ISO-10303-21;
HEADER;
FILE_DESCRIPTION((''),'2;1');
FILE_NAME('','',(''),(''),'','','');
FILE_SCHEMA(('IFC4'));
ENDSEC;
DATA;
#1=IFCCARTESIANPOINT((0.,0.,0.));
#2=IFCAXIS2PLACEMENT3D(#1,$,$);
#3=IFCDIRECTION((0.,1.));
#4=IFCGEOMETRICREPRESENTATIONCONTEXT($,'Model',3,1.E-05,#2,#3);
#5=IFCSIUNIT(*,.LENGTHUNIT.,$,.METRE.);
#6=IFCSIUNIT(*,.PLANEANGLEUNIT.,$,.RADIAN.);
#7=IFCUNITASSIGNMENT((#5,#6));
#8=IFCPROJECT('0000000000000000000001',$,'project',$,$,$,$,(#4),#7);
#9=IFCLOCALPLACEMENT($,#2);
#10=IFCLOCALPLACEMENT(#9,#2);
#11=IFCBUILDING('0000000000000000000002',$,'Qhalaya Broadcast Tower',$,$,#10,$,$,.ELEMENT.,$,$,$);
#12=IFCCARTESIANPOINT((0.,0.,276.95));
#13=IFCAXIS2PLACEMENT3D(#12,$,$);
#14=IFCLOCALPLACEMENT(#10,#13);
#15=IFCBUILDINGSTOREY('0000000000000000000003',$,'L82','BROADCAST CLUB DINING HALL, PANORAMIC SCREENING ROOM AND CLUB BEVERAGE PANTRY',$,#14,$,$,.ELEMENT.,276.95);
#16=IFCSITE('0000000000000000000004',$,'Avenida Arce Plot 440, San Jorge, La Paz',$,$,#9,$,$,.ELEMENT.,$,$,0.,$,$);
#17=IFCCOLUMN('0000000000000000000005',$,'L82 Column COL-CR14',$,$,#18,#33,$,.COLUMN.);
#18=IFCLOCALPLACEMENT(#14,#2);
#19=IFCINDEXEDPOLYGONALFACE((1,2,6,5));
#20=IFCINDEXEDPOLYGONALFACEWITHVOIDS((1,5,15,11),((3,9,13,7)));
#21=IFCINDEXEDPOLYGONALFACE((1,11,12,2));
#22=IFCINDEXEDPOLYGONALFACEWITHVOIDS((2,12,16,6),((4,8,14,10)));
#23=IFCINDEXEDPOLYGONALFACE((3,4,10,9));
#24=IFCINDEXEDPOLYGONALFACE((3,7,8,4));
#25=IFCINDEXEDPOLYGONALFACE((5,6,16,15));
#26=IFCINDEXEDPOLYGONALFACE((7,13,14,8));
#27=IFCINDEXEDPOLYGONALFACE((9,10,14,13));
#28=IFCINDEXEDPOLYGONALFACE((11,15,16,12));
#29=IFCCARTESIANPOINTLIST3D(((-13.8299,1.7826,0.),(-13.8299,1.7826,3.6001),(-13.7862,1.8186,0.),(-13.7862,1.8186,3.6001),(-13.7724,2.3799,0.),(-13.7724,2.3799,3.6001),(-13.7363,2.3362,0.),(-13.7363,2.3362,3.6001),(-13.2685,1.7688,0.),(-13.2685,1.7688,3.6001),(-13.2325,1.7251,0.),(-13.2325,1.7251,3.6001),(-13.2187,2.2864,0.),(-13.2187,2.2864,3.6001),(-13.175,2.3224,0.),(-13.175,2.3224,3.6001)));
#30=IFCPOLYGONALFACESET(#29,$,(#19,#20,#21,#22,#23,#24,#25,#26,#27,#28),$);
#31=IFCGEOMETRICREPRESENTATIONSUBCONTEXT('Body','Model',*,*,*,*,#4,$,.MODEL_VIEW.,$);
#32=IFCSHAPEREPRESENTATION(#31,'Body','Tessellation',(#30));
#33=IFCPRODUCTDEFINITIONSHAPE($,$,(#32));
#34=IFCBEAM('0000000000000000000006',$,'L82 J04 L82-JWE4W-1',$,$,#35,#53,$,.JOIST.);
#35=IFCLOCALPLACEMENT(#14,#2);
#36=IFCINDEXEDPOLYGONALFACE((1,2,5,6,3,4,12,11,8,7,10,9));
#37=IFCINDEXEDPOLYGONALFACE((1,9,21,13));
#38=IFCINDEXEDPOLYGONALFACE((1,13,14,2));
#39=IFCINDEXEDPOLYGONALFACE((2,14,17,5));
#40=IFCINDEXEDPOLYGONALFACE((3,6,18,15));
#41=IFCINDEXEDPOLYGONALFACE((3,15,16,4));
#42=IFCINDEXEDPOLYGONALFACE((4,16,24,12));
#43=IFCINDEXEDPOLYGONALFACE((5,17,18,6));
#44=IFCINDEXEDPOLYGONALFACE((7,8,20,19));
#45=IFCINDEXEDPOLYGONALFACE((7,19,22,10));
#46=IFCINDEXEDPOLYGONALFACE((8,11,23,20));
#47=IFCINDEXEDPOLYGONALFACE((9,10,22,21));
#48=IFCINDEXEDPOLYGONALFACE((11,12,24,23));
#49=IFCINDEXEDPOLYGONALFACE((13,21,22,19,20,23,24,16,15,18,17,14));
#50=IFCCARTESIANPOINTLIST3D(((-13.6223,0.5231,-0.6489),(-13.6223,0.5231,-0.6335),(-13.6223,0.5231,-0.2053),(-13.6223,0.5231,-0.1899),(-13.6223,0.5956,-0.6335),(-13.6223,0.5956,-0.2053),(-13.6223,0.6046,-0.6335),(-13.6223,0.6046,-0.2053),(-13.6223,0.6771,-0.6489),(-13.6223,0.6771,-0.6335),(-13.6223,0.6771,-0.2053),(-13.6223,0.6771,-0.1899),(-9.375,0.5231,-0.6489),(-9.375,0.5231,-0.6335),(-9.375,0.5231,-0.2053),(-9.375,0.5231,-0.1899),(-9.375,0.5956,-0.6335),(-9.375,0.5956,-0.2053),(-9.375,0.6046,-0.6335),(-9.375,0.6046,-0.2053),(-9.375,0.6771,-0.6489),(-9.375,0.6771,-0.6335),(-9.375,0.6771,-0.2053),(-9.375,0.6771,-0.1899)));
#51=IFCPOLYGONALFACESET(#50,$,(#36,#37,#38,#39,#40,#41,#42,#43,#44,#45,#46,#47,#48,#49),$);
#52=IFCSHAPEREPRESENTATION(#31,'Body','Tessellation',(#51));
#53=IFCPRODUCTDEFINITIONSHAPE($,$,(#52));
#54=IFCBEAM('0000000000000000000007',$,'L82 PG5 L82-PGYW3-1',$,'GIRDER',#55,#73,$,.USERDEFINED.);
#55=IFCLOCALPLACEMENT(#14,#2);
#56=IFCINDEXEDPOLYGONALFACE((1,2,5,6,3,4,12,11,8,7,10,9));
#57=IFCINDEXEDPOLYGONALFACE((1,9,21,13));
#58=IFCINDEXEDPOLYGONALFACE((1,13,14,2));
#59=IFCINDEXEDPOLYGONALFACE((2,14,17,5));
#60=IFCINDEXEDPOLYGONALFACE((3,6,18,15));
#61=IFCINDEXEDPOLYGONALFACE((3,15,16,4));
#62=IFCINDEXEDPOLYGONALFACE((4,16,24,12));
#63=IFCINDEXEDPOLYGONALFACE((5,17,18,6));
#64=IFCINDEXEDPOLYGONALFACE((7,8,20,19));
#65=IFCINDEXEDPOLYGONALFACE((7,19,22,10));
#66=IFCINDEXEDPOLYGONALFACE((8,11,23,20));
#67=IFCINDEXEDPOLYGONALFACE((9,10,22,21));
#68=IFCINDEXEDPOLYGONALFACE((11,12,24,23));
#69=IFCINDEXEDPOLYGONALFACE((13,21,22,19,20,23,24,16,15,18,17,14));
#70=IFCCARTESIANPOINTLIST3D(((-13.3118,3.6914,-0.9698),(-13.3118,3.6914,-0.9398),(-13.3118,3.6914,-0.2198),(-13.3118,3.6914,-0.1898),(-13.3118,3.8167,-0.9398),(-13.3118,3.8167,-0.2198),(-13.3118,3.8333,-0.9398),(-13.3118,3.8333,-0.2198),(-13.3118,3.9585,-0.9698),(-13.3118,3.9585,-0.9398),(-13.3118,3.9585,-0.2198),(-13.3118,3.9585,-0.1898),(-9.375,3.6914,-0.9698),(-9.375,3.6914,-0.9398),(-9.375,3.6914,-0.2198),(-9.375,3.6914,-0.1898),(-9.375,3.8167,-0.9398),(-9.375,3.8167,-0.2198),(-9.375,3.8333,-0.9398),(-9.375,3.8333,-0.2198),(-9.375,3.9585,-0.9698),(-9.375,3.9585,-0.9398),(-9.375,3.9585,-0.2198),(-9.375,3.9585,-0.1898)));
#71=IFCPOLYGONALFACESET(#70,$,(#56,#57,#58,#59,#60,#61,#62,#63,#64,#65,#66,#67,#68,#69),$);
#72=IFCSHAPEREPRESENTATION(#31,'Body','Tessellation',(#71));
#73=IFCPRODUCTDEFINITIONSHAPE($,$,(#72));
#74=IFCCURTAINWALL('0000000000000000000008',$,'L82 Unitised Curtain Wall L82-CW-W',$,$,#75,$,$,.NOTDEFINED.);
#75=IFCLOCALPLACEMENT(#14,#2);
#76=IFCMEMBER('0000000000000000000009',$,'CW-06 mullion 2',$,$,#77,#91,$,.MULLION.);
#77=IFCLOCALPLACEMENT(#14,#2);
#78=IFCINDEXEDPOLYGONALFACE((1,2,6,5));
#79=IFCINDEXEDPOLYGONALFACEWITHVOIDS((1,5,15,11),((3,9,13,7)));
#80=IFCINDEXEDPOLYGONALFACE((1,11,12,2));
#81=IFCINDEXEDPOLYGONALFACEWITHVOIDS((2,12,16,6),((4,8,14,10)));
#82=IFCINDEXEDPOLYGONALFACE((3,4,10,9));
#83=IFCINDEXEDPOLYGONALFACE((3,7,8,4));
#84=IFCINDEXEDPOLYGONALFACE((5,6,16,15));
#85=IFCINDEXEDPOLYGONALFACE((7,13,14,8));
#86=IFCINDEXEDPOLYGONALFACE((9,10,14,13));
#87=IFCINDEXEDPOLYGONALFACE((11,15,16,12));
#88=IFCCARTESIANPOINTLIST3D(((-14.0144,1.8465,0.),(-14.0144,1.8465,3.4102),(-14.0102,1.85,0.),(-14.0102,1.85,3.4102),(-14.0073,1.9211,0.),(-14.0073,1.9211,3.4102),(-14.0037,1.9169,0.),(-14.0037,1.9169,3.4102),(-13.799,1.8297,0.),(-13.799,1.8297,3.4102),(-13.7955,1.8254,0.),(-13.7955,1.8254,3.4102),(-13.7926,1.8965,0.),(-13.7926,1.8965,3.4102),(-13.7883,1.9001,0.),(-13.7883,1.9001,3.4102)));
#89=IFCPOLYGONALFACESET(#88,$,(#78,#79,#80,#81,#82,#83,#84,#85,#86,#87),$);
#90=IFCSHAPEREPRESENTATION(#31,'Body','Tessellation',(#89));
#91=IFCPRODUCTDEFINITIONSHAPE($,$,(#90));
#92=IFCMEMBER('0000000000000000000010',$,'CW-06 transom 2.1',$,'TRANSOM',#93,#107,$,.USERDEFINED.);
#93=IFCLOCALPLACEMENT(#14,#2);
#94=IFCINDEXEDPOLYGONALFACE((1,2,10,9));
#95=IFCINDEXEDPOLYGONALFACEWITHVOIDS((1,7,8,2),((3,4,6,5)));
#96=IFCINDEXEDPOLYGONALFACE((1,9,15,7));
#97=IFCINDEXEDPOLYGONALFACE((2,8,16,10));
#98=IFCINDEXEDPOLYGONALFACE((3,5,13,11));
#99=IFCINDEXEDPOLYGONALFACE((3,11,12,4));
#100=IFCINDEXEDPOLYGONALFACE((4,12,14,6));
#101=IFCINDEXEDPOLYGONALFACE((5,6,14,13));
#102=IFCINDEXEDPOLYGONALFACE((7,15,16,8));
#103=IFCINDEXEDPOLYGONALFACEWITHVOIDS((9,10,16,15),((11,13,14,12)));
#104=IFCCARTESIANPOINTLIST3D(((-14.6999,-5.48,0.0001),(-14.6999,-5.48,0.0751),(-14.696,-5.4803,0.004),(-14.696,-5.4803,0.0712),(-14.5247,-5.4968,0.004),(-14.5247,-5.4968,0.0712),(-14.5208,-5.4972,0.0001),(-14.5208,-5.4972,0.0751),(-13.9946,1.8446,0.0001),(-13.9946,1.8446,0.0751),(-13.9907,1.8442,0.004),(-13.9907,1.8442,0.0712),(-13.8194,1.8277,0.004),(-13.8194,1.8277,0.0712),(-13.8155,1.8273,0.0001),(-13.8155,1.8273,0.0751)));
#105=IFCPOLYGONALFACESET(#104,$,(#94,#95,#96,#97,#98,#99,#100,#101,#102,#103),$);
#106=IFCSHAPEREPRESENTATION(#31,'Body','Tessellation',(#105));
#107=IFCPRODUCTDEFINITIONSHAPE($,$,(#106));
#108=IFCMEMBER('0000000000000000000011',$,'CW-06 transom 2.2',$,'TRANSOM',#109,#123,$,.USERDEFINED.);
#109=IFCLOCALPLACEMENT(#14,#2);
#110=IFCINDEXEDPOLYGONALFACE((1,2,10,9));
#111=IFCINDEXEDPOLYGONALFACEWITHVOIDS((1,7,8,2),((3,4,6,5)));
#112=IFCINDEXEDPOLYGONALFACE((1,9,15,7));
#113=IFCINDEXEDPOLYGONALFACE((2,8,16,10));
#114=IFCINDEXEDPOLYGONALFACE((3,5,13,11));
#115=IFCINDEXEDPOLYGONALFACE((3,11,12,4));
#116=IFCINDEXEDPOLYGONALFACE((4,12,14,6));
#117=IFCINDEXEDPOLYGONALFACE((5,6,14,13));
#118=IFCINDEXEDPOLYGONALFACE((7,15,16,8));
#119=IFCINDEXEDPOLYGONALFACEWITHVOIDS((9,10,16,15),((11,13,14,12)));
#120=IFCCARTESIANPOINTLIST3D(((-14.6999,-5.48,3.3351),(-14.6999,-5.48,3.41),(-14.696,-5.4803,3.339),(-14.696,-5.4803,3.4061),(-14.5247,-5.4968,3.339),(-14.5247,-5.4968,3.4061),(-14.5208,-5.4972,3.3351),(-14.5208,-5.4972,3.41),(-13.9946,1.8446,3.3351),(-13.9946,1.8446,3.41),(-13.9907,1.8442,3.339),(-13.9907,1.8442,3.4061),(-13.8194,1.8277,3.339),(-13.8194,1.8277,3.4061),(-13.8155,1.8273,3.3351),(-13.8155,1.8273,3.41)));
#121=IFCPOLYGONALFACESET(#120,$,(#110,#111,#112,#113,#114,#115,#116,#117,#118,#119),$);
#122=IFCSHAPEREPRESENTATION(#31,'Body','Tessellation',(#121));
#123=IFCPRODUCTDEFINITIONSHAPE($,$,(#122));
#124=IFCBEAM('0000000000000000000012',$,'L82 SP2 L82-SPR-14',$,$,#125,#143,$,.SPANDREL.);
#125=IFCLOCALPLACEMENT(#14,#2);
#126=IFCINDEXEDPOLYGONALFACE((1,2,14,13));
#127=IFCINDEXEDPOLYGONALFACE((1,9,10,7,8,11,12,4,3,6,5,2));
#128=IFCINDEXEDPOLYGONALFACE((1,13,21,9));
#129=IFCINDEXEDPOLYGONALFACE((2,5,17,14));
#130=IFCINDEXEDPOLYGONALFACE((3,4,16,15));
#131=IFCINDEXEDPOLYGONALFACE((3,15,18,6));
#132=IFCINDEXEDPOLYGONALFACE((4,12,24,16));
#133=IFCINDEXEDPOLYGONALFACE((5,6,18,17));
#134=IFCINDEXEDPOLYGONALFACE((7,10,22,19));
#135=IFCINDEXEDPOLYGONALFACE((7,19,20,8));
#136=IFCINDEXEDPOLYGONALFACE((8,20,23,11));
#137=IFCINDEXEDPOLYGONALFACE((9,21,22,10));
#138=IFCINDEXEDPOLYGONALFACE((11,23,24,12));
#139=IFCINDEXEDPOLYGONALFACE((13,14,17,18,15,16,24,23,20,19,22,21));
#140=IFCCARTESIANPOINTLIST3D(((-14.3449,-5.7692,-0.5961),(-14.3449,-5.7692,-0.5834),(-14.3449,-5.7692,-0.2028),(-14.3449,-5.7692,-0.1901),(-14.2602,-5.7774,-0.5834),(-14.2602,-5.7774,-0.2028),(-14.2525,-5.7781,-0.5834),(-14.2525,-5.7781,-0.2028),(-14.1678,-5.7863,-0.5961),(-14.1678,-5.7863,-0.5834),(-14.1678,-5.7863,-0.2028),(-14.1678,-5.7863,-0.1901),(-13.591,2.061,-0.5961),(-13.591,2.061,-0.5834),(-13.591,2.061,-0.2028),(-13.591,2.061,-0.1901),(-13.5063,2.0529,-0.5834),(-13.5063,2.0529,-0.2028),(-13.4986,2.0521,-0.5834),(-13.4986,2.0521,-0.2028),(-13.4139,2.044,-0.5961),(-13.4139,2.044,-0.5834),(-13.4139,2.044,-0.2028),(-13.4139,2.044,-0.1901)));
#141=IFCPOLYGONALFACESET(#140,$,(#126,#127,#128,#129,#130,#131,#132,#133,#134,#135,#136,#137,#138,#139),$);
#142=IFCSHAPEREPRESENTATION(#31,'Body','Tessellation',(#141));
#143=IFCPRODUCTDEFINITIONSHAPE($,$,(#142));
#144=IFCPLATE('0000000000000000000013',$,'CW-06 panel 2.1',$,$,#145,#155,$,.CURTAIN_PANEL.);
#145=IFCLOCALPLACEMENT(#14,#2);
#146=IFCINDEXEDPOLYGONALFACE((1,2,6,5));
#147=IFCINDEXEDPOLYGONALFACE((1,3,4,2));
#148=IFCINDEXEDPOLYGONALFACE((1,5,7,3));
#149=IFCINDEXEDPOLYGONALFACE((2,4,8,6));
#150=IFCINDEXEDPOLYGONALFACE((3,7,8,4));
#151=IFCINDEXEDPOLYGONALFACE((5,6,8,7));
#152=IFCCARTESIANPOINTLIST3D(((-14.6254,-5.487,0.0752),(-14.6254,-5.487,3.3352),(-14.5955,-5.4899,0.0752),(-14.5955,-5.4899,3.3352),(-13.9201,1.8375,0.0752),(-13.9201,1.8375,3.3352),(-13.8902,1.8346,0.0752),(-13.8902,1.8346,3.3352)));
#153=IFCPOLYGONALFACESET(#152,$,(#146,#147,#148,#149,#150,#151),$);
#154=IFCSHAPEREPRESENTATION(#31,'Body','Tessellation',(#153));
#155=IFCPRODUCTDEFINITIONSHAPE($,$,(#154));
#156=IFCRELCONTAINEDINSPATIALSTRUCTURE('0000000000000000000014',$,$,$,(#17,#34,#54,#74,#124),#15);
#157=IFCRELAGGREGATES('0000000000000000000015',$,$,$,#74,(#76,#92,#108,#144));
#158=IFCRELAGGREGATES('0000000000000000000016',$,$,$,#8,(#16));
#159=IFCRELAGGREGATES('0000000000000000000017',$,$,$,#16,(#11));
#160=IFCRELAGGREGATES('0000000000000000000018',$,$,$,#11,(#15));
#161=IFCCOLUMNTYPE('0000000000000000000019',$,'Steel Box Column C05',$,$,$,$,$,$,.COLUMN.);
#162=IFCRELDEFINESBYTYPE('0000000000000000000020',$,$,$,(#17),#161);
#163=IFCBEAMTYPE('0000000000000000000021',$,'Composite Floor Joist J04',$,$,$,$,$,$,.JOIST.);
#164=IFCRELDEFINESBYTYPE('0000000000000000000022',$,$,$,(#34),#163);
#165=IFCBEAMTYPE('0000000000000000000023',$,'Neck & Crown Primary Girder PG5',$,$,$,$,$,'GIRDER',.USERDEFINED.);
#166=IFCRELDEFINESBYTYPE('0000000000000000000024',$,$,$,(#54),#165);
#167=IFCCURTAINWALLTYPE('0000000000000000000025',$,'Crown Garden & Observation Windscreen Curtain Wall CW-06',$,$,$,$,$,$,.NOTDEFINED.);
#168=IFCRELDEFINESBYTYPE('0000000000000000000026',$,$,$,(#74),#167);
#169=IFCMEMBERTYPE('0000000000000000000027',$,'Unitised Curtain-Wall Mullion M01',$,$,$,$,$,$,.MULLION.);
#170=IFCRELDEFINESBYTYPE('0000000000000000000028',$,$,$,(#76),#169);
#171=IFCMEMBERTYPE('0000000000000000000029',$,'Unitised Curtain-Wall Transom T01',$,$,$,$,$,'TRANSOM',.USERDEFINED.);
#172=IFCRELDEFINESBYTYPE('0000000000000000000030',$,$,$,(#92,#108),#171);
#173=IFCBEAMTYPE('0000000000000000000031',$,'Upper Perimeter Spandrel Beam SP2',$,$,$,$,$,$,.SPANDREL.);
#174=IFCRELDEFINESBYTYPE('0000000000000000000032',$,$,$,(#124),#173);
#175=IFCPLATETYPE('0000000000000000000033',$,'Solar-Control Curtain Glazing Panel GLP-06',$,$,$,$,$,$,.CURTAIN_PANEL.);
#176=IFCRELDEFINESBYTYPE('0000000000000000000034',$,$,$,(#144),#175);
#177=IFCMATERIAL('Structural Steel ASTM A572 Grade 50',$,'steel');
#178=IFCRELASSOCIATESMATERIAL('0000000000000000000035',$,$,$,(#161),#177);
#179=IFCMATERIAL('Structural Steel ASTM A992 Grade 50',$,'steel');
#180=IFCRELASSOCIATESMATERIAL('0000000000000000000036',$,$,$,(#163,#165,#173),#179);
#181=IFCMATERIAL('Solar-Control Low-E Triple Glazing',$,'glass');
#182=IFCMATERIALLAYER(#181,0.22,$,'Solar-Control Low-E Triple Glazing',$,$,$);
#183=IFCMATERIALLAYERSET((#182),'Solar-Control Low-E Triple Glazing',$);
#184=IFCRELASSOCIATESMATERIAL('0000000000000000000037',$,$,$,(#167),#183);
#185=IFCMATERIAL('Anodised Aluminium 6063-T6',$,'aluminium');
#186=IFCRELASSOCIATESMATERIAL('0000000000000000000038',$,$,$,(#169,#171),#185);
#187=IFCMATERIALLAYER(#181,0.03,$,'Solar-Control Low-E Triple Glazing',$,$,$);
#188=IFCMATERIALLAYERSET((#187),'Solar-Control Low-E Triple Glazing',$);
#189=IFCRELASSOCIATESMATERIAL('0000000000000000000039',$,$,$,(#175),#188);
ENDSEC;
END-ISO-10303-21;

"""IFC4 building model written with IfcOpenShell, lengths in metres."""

from ifc_helpers import new_model, si_unit, direction, frame, origin, origin_2d, place, context, subcontext, project, spatial, rectangle, hollow_rectangle, i_section, extrude, material, layer, layer_set, material_profile, profile_set, type_object, element, aggregate, save


model = new_model("IFC4")

# Units and contexts
model_context = context("Model", 3, precision=1e-05, world=origin(), true_north=direction((0.0, 1.0)))
body_context = subcontext(model_context, "Body", "Model", "MODEL_VIEW")
ifc_project = project(units=[si_unit("LENGTHUNIT", "METRE"), si_unit("PLANEANGLEUNIT", "RADIAN")], contexts=[model_context])

# Site, building, storey
site_placement = place(None, origin())
site = spatial("IfcSite", under=ifc_project, at=site_placement, Name="Avenida Arce Plot 440, San Jorge, La Paz", CompositionType="ELEMENT", RefElevation=0.0)
building_placement = place(site_placement, origin())
building = spatial("IfcBuilding", under=site, at=building_placement, Name="Qhalaya Broadcast Tower", CompositionType="ELEMENT")
storey_placement = place(building_placement, frame((0.0, 0.0, 276.95)))
storey = spatial("IfcBuildingStorey", under=building, at=storey_placement, Name="L82", Description="BROADCAST CLUB DINING HALL, PANORAMIC SCREENING ROOM AND CLUB BEVERAGE PANTRY", CompositionType="ELEMENT", Elevation=276.95)

# Column
ifc_material_1 = material(Name="Structural Steel ASTM A572 Grade 50", Category="steel")
ifc_material_profile_1 = material_profile(ifc_material_1, hollow_rectangle(XDim=0.6001, YDim=0.6001, WallThickness=0.04, at=origin_2d()), Name="BOX 600x600x40")
ifc_profile_set_1 = profile_set([ifc_material_profile_1], Name="Structural Steel ASTM A572 Grade 50")
column_type = type_object("IfcColumnType", Name="Steel Box Column C05", PredefinedType="COLUMN", material=ifc_profile_set_1)
column_placement = place(storey_placement, frame((-13.5024, 2.0525, 0.0), z_axis=(0.0, 0.0, 1.0), x_axis=(0.095846, 0.995396, 0.0)))
element("IfcColumn", 1, at=column_placement, inside=storey, type_object=column_type, Name="L82 Column COL-CR14", PredefinedType="COLUMN", context=body_context, shape_type="SweptSolid", body=[
    extrude(hollow_rectangle(XDim=0.6001, YDim=0.6001, WallThickness=0.04, at=origin_2d()), origin(), (0.0, 0.0, 1.0), 3.6001),
])

# Beams
ifc_material_2 = material(Name="Structural Steel ASTM A992 Grade 50", Category="steel")
ifc_material_profile_2 = material_profile(ifc_material_2, i_section(OverallWidth=0.1541, OverallDepth=0.459, WebThickness=0.009, FlangeThickness=0.0154, at=origin_2d()), Name="W18X46")
ifc_profile_set_2 = profile_set([ifc_material_profile_2], Name="Structural Steel ASTM A992 Grade 50")
beam_type_1 = type_object("IfcBeamType", Name="Composite Floor Joist J04", PredefinedType="JOIST", material=ifc_profile_set_2)
beam_1_placement = place(storey_placement, frame((-13.6223, 0.6001, -0.4194), z_axis=(1.0, 0.0, 0.0), x_axis=(0.0, 1.0, 0.0)))
element("IfcBeam", 2, at=beam_1_placement, inside=storey, type_object=beam_type_1, Name="L82 J04 L82-JWE4W-1", PredefinedType="JOIST", context=body_context, shape_type="SweptSolid", body=[
    extrude(i_section(OverallWidth=0.1541, OverallDepth=0.459, WebThickness=0.009, FlangeThickness=0.0154, at=origin_2d()), origin(), (0.0, 0.0, 1.0), 4.2473),
])
ifc_material_profile_3 = material_profile(ifc_material_2, i_section(OverallWidth=0.2671, OverallDepth=0.78, WebThickness=0.0166, FlangeThickness=0.03, at=origin_2d()), Name="W30X148")
ifc_profile_set_3 = profile_set([ifc_material_profile_3], Name="Structural Steel ASTM A992 Grade 50")
beam_type_2 = type_object("IfcBeamType", Name="Neck & Crown Primary Girder PG5", ElementType="GIRDER", PredefinedType="USERDEFINED", material=ifc_profile_set_3)
beam_2_placement = place(storey_placement, frame((-13.3118, 3.825, -0.5798), z_axis=(1.0, 0.0, 0.0), x_axis=(0.0, 1.0, 0.0)))
element("IfcBeam", 3, at=beam_2_placement, inside=storey, type_object=beam_type_2, Name="L82 PG5 L82-PGYW3-1", ObjectType="GIRDER", PredefinedType="USERDEFINED", context=body_context, shape_type="SweptSolid", body=[
    extrude(i_section(OverallWidth=0.2671, OverallDepth=0.78, WebThickness=0.0166, FlangeThickness=0.03, at=origin_2d()), origin(), (0.0, 0.0, 1.0), 3.9368),
])

# Curtain wall, members
ifc_material_3 = material(Name="Solar-Control Low-E Triple Glazing", Category="glass")
ifc_layer_1 = layer(ifc_material_3, 0.22, Name="Solar-Control Low-E Triple Glazing")
ifc_layer_set_1 = layer_set([ifc_layer_1], Name="Solar-Control Low-E Triple Glazing")
curtain_wall_type = type_object("IfcCurtainWallType", Name="Crown Garden & Observation Windscreen Curtain Wall CW-06", PredefinedType="NOTDEFINED", material=ifc_layer_set_1)
curtain_wall_placement = place(storey_placement, origin())
curtain_wall = element("IfcCurtainWall", 4, at=curtain_wall_placement, inside=storey, type_object=curtain_wall_type, Name="L82 Unitised Curtain Wall L82-CW-W", PredefinedType="NOTDEFINED")
ifc_material_4 = material(Name="Anodised Aluminium 6063-T6", Category="aluminium")
ifc_material_profile_4 = material_profile(ifc_material_4, hollow_rectangle(XDim=0.075, YDim=0.22, WallThickness=0.0039, at=origin_2d()), Name="ALU-MUL 75x220x4")
ifc_profile_set_4 = profile_set([ifc_material_profile_4], Name="Anodised Aluminium 6063-T6")
member_type_1 = type_object("IfcMemberType", Name="Unitised Curtain-Wall Mullion M01", PredefinedType="MULLION", material=ifc_profile_set_4)
member_1_placement = place(storey_placement, frame((-13.9014, 1.8733, 0.0), z_axis=(0.0, 0.0, 1.0), x_axis=(-0.095848, -0.995396, 0.0)))
member_1 = element("IfcMember", 5, at=member_1_placement, type_object=member_type_1, Name="CW-06 mullion 2", PredefinedType="MULLION", context=body_context, shape_type="SweptSolid", body=[
    extrude(hollow_rectangle(XDim=0.075, YDim=0.22, WallThickness=0.0039, at=origin_2d()), origin(), (0.0, 0.0, 1.0), 3.4102),
])
ifc_material_profile_5 = material_profile(ifc_material_4, hollow_rectangle(XDim=0.075, YDim=0.1799, WallThickness=0.0039, at=origin_2d()), Name="ALU-TRN 75x180x4")
ifc_profile_set_5 = profile_set([ifc_material_profile_5], Name="Anodised Aluminium 6063-T6")
member_type_2 = type_object("IfcMemberType", Name="Unitised Curtain-Wall Transom T01", ElementType="TRANSOM", PredefinedType="USERDEFINED", material=ifc_profile_set_5)
member_2_placement = place(storey_placement, frame((-13.905, 1.8359, 0.0376), z_axis=(-0.095853, -0.995395, 0.0), x_axis=(0.0, 0.0, 1.0)))
member_2 = element("IfcMember", 6, at=member_2_placement, type_object=member_type_2, Name="CW-06 transom 2.1", ObjectType="TRANSOM", PredefinedType="USERDEFINED", context=body_context, shape_type="SweptSolid", body=[
    extrude(hollow_rectangle(XDim=0.075, YDim=0.1799, WallThickness=0.0039, at=origin_2d()), origin(), (0.0, 0.0, 1.0), 7.3584),
])
member_3_placement = place(storey_placement, frame((-13.905, 1.8359, 3.3726), z_axis=(-0.095853, -0.995395, 0.0), x_axis=(0.0, 0.0, 1.0)))
member_3 = element("IfcMember", 7, at=member_3_placement, type_object=member_type_2, Name="CW-06 transom 2.2", ObjectType="TRANSOM", PredefinedType="USERDEFINED", context=body_context, shape_type="SweptSolid", body=[
    extrude(hollow_rectangle(XDim=0.075, YDim=0.1799, WallThickness=0.0039, at=origin_2d()), origin(), (0.0, 0.0, 1.0), 7.3584),
])

# Beam
ifc_material_profile_6 = material_profile(ifc_material_2, i_section(OverallWidth=0.178, OverallDepth=0.406, WebThickness=0.0078, FlangeThickness=0.0127, at=origin_2d()), Name="W16X40")
ifc_profile_set_6 = profile_set([ifc_material_profile_6], Name="Structural Steel ASTM A992 Grade 50")
beam_type_3 = type_object("IfcBeamType", Name="Upper Perimeter Spandrel Beam SP2", PredefinedType="SPANDREL", material=ifc_profile_set_6)
beam_3_placement = place(storey_placement, frame((-13.5024, 2.0525, -0.3931), z_axis=(-0.095837, -0.995397, 0.0), x_axis=(0.995397, -0.095837, 0.0)))
element("IfcBeam", 8, at=beam_3_placement, inside=storey, type_object=beam_type_3, Name="L82 SP2 L82-SPR-14", PredefinedType="SPANDREL", context=body_context, shape_type="SweptSolid", body=[
    extrude(i_section(OverallWidth=0.178, OverallDepth=0.406, WebThickness=0.0078, FlangeThickness=0.0127, at=origin_2d()), origin(), (0.0, 0.0, 1.0), 7.8665),
])

# Plate
ifc_layer_2 = layer(ifc_material_3, 0.03, Name="Solar-Control Low-E Triple Glazing")
ifc_layer_set_2 = layer_set([ifc_layer_2], Name="Solar-Control Low-E Triple Glazing")
plate_type = type_object("IfcPlateType", Name="Solar-Control Curtain Glazing Panel GLP-06", PredefinedType="CURTAIN_PANEL", material=ifc_layer_set_2)
plate_placement = place(storey_placement, frame((-14.2578, -1.8262, 0.0752), z_axis=(0.0, 0.0, 1.0), x_axis=(-0.095848, -0.995396, 0.0)))
plate = element("IfcPlate", 9, at=plate_placement, type_object=plate_type, Name="CW-06 panel 2.1", PredefinedType="CURTAIN_PANEL", context=body_context, shape_type="SweptSolid", body=[
    extrude(rectangle(XDim=7.3584, YDim=0.03, at=origin_2d()), origin(), (0.0, 0.0, 1.0), 3.26),
])
aggregate(curtain_wall, [member_1, member_2, member_3, plate])

save(model, "model.ifc")
